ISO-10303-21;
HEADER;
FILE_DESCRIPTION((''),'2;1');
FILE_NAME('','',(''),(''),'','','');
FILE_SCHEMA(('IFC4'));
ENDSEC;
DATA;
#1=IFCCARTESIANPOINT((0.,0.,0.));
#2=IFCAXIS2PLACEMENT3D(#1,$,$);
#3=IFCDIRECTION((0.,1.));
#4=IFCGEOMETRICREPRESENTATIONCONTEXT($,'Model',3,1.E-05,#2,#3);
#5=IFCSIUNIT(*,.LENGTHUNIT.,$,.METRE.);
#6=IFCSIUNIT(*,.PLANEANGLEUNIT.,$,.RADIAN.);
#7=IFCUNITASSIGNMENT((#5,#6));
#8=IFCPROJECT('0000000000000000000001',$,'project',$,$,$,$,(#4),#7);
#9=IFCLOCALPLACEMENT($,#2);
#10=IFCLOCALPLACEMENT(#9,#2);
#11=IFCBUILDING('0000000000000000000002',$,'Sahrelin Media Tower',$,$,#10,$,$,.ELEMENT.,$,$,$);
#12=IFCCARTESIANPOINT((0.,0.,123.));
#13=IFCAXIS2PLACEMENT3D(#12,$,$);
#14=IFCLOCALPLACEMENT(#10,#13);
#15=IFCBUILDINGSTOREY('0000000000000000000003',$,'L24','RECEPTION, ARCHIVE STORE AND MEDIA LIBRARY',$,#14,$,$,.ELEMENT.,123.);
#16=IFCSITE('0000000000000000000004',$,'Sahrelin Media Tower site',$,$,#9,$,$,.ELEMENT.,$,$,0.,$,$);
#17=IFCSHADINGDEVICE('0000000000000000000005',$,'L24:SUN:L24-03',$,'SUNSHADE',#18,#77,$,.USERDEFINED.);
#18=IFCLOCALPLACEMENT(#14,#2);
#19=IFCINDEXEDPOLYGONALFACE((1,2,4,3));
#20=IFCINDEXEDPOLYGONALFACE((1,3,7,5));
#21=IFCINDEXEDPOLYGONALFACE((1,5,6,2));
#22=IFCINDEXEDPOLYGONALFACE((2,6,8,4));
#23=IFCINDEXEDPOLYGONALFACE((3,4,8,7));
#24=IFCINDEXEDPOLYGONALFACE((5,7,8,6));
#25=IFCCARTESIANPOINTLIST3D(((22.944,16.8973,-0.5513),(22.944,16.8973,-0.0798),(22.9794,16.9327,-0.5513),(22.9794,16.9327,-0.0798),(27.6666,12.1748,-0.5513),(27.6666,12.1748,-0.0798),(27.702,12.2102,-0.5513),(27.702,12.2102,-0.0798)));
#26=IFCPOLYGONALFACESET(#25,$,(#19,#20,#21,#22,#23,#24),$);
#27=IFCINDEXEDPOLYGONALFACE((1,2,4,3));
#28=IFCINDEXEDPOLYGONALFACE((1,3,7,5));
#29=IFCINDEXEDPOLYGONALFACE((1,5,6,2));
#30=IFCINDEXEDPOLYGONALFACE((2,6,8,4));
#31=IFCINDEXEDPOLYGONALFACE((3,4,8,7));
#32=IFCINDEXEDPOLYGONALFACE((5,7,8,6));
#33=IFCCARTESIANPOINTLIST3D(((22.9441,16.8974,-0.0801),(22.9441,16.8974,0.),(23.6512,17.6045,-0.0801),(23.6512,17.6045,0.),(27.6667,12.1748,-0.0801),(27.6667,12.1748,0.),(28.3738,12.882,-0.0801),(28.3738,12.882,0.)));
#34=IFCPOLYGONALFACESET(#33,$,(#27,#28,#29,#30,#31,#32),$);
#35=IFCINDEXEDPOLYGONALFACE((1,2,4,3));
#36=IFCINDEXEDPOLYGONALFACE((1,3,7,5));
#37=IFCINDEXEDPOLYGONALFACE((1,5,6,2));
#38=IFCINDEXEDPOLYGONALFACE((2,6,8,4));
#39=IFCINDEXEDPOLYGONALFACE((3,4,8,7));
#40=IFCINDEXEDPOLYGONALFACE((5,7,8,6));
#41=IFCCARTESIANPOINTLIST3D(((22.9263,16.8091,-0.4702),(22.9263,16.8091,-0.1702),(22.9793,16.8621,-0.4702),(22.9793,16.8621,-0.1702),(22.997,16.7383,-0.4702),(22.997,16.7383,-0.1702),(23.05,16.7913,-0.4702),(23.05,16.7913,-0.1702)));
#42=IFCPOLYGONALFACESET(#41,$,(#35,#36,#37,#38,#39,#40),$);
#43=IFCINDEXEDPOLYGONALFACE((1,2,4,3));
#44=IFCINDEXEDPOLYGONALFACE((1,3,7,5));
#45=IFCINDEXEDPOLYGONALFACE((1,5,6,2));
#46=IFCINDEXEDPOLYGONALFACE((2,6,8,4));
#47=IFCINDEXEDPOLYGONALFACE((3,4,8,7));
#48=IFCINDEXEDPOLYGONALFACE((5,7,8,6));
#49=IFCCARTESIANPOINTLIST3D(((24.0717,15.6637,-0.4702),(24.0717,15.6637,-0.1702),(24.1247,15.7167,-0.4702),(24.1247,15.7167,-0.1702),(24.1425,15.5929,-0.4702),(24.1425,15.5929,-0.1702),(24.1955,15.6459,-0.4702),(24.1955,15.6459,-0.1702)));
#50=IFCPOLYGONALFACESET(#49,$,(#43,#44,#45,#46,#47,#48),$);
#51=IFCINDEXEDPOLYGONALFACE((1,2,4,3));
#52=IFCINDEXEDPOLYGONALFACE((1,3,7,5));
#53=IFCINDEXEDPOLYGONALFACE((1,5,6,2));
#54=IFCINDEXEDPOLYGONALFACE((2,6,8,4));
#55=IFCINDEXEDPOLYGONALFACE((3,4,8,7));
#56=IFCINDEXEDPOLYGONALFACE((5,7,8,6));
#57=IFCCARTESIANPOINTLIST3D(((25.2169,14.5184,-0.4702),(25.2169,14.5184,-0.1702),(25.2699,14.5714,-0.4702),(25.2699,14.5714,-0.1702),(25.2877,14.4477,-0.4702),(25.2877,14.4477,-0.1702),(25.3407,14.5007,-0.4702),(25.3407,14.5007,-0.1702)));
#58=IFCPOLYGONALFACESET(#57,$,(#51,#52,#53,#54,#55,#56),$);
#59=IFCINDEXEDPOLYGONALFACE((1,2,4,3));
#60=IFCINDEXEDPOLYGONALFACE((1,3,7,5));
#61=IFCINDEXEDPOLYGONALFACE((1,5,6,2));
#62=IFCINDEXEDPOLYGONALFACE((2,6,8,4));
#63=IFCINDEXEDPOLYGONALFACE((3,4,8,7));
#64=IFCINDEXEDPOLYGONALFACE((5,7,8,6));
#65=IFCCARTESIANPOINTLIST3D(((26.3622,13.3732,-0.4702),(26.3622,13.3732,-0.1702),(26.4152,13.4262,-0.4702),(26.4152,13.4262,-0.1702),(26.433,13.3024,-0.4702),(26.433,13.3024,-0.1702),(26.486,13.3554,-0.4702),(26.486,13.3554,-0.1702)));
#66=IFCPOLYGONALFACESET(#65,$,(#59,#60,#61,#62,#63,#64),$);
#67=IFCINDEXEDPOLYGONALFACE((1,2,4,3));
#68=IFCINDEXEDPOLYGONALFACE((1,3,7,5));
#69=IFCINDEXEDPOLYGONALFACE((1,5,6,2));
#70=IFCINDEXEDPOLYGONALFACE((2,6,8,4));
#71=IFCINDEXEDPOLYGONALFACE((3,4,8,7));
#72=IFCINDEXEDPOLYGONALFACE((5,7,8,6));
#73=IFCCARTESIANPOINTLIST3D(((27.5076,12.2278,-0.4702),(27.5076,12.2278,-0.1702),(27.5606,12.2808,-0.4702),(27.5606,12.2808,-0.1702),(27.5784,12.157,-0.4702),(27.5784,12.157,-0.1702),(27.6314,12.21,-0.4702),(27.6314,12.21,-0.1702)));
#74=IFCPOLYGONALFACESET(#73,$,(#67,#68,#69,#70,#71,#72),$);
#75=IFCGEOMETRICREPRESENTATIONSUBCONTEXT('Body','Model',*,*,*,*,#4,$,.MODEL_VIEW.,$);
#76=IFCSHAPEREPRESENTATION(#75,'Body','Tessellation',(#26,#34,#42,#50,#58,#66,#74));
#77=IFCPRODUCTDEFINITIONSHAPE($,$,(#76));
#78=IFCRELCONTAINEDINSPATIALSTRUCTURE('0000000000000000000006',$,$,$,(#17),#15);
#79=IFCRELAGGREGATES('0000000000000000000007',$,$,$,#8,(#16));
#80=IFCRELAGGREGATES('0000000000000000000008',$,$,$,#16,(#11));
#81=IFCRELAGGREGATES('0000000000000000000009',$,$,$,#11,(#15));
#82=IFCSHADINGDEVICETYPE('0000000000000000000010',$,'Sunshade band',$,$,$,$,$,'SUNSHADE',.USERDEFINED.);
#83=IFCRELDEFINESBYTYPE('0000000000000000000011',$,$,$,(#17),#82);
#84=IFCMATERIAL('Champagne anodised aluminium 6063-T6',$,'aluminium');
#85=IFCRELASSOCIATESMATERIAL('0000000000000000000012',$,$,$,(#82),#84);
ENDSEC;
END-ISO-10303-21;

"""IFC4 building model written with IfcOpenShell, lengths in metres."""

from ifc_helpers import new_model, si_unit, direction, frame, origin, origin_2d, place, context, subcontext, project, spatial, rectangle, extrude, material, type_object, element, save


model = new_model("IFC4")

# Units and contexts
model_context = context("Model", 3, precision=1e-05, world=origin(), true_north=direction((0.0, 1.0)))
body_context = subcontext(model_context, "Body", "Model", "MODEL_VIEW")
ifc_project = project(units=[si_unit("LENGTHUNIT", "METRE"), si_unit("PLANEANGLEUNIT", "RADIAN")], contexts=[model_context])

# Site, building, storey
site_placement = place(None, origin())
site = spatial("IfcSite", under=ifc_project, at=site_placement, Name="Sahrelin Media Tower site", CompositionType="ELEMENT", RefElevation=0.0)
building_placement = place(site_placement, origin())
building = spatial("IfcBuilding", under=site, at=building_placement, Name="Sahrelin Media Tower", CompositionType="ELEMENT")
storey_placement = place(building_placement, frame((0.0, 0.0, 123.0)))
storey = spatial("IfcBuildingStorey", under=building, at=storey_placement, Name="L24", Description="RECEPTION, ARCHIVE STORE AND MEDIA LIBRARY", CompositionType="ELEMENT", Elevation=123.0)

# Shared definitions
ifc_material_1 = material(Name="Champagne anodised aluminium 6063-T6", Category="aluminium")

# Shared definitions
placement_1 = place(storey_placement, frame((25.2913, 14.522, 0.0), z_axis=(0.0, 0.0, 1.0), x_axis=(0.707107, -0.707107, 0.0)))

# Shading device
shading_device_type_1 = type_object("IfcShadingDeviceType", Name="Sunshade band", ElementType="SUNSHADE", PredefinedType="USERDEFINED", material=ifc_material_1)
element("IfcShadingDevice", 1, at=placement_1, inside=storey, type_object=shading_device_type_1, Name="L24:SUN:L24-03", ObjectType="SUNSHADE", PredefinedType="USERDEFINED", context=body_context, shape_type="SweptSolid", body=[
    extrude(rectangle(XDim=6.6787, YDim=0.05, at=origin_2d()), frame((0.0, 0.0449, -0.5513)), (0.0, 0.0, 1.0), 0.4714),
    extrude(rectangle(XDim=6.6787, YDim=1.0, at=origin_2d()), frame((0.0, 0.52, -0.0801)), (0.0, 0.0, 1.0), 0.0801),
    extrude(rectangle(XDim=0.1001, YDim=0.075, at=origin_2d()), frame((-3.2395, -0.0176, -0.4702)), (0.0, 0.0, 1.0), 0.3),
    extrude(rectangle(XDim=0.1001, YDim=0.075, at=origin_2d()), frame((-1.6196, -0.0176, -0.4702)), (0.0, 0.0, 1.0), 0.3),
    extrude(rectangle(XDim=0.1001, YDim=0.075, at=origin_2d()), frame((0.0, -0.0176, -0.4702)), (0.0, 0.0, 1.0), 0.3),
    extrude(rectangle(XDim=0.1001, YDim=0.075, at=origin_2d()), frame((1.6196, -0.0176, -0.4702)), (0.0, 0.0, 1.0), 0.3),
    extrude(rectangle(XDim=0.1001, YDim=0.075, at=origin_2d()), frame((3.2395, -0.0176, -0.4702)), (0.0, 0.0, 1.0), 0.3),
])

save(model, "model.ifc")
